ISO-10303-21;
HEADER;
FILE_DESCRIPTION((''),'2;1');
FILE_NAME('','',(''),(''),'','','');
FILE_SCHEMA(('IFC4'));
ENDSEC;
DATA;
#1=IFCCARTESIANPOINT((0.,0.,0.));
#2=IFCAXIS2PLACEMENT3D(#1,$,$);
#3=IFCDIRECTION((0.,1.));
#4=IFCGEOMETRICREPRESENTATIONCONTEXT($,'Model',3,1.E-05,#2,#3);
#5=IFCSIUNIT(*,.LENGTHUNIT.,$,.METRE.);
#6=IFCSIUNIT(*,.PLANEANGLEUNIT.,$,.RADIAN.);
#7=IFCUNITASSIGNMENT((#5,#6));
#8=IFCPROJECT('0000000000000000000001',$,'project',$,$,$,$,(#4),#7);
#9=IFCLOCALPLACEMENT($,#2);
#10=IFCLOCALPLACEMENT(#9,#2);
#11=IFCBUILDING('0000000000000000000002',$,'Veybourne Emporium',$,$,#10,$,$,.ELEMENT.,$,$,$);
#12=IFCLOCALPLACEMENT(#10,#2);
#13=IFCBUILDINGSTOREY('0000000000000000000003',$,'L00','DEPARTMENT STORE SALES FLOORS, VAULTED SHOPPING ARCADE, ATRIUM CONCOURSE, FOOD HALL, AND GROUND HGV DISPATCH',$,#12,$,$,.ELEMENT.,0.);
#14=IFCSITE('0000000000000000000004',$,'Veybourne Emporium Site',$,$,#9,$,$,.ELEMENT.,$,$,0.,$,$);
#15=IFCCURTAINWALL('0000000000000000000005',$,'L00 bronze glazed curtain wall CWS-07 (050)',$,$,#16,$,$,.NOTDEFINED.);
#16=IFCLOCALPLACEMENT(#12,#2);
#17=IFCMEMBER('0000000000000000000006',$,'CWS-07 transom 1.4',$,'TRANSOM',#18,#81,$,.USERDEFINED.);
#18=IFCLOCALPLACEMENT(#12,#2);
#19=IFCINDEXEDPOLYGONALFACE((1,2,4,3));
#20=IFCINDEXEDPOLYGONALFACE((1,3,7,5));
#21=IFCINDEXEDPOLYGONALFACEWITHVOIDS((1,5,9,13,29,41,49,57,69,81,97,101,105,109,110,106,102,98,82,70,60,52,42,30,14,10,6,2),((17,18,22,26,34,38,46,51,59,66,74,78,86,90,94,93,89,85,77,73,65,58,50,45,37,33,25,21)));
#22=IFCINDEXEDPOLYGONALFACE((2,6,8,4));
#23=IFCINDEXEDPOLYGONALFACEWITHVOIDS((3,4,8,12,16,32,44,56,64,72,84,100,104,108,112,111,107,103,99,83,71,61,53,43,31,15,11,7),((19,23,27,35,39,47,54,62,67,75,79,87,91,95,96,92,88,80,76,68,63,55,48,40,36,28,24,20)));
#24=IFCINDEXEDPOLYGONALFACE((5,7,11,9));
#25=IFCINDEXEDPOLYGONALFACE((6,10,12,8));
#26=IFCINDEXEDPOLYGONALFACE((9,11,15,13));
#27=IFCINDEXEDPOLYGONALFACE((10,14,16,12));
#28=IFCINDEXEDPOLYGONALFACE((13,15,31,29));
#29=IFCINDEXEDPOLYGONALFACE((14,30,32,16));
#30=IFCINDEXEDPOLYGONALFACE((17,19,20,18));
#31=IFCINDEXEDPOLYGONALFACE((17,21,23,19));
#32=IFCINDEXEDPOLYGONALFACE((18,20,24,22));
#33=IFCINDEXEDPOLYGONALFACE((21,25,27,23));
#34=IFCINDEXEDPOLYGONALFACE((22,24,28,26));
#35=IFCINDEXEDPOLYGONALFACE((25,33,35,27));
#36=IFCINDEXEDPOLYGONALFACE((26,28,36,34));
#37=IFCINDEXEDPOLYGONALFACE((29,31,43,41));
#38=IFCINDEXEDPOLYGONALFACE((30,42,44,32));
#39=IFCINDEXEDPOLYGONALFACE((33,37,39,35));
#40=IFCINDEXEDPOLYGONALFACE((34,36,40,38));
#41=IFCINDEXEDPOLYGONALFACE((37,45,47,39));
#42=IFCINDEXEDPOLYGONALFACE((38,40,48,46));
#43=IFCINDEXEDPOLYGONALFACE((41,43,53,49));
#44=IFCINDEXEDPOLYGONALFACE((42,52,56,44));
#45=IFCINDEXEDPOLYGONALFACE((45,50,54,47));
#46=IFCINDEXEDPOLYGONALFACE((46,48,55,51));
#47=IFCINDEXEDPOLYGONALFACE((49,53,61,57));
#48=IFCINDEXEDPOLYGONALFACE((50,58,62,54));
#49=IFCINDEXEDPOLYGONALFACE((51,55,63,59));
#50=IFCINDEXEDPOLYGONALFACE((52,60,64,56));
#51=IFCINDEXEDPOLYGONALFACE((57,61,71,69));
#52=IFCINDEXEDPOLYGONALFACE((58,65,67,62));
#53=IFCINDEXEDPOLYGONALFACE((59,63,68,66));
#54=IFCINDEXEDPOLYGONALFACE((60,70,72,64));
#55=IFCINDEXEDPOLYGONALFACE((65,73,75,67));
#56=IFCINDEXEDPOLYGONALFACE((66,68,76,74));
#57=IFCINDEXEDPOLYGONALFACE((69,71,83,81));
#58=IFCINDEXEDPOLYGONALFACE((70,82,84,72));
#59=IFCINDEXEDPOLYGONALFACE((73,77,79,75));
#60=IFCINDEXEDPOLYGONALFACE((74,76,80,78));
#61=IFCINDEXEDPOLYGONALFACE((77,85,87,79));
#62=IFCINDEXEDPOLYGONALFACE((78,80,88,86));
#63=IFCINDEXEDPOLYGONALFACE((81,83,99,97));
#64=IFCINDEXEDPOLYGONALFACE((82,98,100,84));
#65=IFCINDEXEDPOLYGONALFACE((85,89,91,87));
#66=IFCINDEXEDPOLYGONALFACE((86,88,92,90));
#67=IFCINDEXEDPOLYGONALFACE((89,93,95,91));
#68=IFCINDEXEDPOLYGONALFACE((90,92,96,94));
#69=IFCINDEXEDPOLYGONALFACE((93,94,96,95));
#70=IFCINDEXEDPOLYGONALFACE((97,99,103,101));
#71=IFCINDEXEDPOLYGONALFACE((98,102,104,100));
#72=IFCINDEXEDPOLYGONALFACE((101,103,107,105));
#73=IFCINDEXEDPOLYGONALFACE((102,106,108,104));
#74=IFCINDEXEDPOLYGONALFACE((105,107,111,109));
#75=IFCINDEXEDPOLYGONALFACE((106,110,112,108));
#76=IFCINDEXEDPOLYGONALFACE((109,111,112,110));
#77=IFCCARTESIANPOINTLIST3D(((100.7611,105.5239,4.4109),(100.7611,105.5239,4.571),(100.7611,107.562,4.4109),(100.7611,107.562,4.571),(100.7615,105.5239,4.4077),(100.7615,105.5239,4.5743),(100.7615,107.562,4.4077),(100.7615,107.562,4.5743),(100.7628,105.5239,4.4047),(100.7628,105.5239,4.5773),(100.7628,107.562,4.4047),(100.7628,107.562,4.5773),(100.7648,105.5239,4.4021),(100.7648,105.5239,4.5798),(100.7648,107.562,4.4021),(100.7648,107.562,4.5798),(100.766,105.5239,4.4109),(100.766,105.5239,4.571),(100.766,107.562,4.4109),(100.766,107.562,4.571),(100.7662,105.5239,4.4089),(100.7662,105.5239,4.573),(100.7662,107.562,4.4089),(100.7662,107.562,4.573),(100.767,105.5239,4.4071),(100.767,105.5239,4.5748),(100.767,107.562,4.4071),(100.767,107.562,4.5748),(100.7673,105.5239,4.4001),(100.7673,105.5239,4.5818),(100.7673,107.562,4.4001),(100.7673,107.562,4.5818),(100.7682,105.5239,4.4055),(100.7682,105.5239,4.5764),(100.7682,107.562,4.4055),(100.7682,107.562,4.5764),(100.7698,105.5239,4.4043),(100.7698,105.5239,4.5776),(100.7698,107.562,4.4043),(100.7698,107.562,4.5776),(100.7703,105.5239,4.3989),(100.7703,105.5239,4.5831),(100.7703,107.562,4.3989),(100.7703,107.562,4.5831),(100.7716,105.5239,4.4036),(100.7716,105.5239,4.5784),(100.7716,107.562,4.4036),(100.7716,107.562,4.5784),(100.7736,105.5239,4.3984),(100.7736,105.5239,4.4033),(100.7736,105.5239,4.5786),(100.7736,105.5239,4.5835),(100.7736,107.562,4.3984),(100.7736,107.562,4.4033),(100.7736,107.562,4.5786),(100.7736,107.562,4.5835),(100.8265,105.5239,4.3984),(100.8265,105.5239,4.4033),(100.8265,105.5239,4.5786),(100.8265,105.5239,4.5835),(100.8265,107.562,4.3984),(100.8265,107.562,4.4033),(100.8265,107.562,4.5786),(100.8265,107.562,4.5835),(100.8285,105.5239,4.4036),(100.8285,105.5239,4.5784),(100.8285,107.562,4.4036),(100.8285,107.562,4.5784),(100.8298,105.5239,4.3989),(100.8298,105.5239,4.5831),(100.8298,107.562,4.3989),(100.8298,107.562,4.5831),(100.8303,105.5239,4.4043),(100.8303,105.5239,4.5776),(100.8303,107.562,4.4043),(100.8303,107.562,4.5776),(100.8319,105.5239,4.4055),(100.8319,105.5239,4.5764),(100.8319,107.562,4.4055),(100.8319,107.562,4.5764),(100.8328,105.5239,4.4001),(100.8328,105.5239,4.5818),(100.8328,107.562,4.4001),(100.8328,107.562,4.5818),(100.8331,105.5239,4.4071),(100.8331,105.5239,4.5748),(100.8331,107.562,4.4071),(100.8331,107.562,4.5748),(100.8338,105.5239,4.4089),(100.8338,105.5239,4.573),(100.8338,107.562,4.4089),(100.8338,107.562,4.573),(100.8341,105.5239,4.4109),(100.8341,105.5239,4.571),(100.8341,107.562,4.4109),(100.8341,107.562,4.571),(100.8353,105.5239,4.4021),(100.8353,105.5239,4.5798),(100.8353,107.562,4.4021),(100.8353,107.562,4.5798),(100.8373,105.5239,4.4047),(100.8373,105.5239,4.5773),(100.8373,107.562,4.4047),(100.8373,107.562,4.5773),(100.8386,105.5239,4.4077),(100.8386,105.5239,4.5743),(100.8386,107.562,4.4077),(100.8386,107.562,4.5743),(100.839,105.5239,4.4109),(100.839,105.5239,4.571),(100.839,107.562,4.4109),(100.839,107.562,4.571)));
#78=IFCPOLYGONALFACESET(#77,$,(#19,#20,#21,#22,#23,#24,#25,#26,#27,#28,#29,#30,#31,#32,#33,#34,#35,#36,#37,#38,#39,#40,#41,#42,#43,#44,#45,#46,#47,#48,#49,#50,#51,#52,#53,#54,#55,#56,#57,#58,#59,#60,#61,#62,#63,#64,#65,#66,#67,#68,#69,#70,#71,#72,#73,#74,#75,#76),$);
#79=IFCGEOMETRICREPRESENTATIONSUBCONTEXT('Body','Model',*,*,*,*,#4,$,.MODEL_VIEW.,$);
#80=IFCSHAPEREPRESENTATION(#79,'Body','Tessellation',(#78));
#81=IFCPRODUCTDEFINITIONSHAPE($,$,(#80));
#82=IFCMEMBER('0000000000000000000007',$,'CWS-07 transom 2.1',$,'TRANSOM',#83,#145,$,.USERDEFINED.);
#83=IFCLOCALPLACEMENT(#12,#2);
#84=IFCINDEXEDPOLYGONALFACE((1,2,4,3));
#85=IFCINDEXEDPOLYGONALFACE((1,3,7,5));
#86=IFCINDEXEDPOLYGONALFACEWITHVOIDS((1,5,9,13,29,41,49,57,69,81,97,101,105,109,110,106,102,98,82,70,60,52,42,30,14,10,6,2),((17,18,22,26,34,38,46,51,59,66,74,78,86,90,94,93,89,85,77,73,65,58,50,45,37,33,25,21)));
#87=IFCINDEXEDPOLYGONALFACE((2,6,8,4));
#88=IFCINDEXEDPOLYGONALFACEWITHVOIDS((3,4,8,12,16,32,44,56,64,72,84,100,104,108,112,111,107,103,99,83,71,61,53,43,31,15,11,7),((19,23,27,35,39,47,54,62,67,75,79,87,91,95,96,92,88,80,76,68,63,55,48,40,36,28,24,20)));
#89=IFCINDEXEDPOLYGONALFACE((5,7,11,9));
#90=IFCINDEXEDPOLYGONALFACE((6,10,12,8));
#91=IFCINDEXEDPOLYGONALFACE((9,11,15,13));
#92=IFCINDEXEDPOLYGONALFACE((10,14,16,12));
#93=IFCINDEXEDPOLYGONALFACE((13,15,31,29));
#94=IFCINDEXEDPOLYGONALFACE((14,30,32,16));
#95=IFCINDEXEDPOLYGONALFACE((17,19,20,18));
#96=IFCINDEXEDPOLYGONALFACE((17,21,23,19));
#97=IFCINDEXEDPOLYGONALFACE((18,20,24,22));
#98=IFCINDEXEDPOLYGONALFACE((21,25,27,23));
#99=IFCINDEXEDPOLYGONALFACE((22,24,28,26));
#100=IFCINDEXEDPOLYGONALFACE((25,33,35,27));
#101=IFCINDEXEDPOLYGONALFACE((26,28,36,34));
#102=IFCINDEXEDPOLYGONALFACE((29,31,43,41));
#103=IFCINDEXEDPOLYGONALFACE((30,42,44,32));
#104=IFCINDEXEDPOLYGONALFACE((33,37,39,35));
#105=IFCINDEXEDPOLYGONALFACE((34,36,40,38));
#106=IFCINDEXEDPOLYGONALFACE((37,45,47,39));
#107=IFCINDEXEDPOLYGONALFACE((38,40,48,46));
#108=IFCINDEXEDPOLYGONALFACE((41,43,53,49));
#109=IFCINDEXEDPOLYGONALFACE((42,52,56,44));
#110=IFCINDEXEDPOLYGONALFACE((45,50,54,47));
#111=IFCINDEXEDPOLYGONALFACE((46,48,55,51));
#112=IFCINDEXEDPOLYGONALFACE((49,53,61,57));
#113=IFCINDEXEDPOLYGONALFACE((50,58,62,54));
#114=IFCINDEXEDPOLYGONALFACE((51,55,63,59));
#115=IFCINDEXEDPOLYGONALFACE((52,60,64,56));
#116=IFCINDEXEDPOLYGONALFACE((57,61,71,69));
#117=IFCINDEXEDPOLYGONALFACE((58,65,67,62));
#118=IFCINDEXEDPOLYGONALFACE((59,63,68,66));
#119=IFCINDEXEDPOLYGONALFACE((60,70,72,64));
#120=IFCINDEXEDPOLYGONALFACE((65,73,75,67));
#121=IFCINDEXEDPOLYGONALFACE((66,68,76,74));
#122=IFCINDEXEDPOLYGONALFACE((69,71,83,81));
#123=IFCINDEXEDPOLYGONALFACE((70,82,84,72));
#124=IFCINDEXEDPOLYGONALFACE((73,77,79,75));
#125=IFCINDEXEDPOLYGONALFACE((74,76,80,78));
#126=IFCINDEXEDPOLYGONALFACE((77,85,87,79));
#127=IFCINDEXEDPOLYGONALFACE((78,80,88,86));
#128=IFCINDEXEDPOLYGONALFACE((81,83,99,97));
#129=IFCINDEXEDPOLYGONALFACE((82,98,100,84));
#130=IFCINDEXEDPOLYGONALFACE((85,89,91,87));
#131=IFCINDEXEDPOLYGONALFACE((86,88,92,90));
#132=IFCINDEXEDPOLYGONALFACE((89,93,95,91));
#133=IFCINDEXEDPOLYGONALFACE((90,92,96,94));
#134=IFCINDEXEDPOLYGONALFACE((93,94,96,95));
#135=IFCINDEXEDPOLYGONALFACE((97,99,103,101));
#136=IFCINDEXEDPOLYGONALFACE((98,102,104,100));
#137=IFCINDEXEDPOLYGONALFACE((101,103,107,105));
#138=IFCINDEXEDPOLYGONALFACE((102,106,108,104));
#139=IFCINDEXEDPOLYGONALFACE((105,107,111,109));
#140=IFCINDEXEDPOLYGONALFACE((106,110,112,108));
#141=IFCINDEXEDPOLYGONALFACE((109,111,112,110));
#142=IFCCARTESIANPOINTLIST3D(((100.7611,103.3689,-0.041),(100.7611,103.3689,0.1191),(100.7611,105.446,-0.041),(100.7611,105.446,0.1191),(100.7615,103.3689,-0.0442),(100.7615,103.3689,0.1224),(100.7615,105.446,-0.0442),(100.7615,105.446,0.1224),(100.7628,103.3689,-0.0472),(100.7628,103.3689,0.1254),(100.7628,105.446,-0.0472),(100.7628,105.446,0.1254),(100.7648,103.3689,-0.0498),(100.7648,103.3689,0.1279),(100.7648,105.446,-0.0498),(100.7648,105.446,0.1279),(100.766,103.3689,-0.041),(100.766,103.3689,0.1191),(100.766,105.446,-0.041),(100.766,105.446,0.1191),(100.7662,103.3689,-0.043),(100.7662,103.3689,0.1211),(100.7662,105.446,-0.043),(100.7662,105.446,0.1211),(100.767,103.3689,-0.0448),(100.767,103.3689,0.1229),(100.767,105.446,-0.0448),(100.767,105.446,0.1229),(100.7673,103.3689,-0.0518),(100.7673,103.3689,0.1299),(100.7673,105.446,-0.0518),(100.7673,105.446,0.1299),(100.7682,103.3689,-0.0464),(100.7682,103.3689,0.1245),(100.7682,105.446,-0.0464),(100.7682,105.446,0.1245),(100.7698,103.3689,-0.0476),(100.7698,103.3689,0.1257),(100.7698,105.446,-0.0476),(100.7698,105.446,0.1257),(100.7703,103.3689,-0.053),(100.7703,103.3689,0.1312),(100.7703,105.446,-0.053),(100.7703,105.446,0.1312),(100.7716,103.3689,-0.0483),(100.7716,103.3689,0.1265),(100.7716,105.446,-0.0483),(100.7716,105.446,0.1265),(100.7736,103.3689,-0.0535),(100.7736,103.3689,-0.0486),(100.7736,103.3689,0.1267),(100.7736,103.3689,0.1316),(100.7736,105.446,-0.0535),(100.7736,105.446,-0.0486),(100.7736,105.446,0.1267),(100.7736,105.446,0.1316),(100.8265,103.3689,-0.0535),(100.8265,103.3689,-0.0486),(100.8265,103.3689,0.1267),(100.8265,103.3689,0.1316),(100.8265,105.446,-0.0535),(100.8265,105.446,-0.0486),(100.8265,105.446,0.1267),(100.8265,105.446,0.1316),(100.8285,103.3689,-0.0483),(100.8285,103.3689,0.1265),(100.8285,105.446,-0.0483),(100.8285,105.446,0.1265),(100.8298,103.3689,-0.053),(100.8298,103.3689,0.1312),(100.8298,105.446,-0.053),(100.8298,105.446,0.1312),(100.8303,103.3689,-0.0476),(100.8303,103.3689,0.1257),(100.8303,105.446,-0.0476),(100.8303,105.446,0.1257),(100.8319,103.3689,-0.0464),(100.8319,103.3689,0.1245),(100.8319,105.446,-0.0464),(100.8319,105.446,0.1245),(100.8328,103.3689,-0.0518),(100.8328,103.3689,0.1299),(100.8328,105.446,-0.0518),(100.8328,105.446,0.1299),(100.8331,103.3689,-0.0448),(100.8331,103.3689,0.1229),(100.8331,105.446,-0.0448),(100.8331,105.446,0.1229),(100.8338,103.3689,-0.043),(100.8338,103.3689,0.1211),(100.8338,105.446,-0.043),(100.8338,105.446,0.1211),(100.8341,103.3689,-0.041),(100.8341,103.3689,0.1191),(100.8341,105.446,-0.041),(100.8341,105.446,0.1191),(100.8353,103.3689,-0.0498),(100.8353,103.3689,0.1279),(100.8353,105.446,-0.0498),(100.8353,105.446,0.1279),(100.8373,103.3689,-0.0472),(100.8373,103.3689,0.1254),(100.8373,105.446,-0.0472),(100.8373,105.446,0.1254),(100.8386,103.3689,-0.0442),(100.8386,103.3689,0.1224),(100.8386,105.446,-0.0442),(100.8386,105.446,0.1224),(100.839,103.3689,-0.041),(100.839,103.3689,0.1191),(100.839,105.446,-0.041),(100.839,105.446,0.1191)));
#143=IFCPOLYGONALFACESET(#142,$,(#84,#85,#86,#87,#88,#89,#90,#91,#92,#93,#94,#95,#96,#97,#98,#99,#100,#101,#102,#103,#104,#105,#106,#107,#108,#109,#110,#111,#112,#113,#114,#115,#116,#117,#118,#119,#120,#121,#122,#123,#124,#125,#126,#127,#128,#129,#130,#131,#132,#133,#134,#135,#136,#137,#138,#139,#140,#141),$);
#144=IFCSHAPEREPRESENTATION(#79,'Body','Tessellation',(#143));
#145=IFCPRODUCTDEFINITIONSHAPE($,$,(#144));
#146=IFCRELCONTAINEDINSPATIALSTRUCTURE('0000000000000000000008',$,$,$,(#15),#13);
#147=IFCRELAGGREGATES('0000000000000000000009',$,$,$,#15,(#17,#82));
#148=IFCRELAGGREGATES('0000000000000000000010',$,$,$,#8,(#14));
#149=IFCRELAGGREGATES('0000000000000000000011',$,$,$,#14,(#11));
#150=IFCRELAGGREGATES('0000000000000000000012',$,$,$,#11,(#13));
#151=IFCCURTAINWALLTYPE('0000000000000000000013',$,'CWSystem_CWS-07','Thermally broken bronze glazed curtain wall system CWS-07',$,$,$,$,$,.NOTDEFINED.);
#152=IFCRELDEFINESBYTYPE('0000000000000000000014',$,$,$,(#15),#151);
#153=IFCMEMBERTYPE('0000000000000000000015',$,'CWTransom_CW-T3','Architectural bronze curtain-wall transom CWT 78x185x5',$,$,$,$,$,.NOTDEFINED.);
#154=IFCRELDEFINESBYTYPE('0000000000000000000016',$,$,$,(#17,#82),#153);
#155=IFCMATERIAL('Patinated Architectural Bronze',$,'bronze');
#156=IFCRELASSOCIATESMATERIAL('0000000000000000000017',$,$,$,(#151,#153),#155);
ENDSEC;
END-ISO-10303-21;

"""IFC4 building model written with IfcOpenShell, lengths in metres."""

from ifc_helpers import new_model, si_unit, direction, frame, origin, origin_2d, place, context, subcontext, project, spatial, hollow_rectangle, extrude, material, material_profile, profile_set, type_object, element, aggregate, save


model = new_model("IFC4")

# Units and contexts
model_context = context("Model", 3, precision=1e-05, world=origin(), true_north=direction((0.0, 1.0)))
body_context = subcontext(model_context, "Body", "Model", "MODEL_VIEW")
ifc_project = project(units=[si_unit("LENGTHUNIT", "METRE"), si_unit("PLANEANGLEUNIT", "RADIAN")], contexts=[model_context])

# Site, building, storey
site_placement = place(None, origin())
site = spatial("IfcSite", under=ifc_project, at=site_placement, Name="Veybourne Emporium Site", CompositionType="ELEMENT", RefElevation=0.0)
building_placement = place(site_placement, origin())
building = spatial("IfcBuilding", under=site, at=building_placement, Name="Veybourne Emporium", CompositionType="ELEMENT")
storey_placement = place(building_placement, origin())
storey = spatial("IfcBuildingStorey", under=building, at=storey_placement, Name="L00", Description="DEPARTMENT STORE SALES FLOORS, VAULTED SHOPPING ARCADE, ATRIUM CONCOURSE, FOOD HALL, AND GROUND HGV DISPATCH", CompositionType="ELEMENT", Elevation=0.0)

# Curtain wall
ifc_material_1 = material(Name="Patinated Architectural Bronze", Category="bronze")
curtain_wall_type_1 = type_object("IfcCurtainWallType", Name="CWSystem_CWS-07", Description="Thermally broken bronze glazed curtain wall system CWS-07", PredefinedType="NOTDEFINED", material=ifc_material_1)
curtain_wall_1_placement = place(storey_placement, origin())
curtain_wall_1 = element("IfcCurtainWall", 1, at=curtain_wall_1_placement, inside=storey, type_object=curtain_wall_type_1, Name="L00 bronze glazed curtain wall CWS-07 (050)", PredefinedType="NOTDEFINED")

# Members
ifc_material_profile_1 = material_profile(ifc_material_1, hollow_rectangle(XDim=0.0779, YDim=0.1851, WallThickness=0.0049, InnerFilletRadius=0.0076, OuterFilletRadius=0.0125, at=origin_2d()), Name="CWT 78x185x5")
ifc_profile_set_1 = profile_set([ifc_material_profile_1], Name="Patinated Architectural Bronze")
member_type_1 = type_object("IfcMemberType", Name="CWTransom_CW-T3", Description="Architectural bronze curtain-wall transom CWT 78x185x5", PredefinedType="NOTDEFINED", material=ifc_profile_set_1)
member_1_placement = place(storey_placement, frame((100.8, 107.562, 4.491), z_axis=(0.0, -1.0, 0.0), x_axis=(1.0, 0.0, 0.0)))
member_1 = element("IfcMember", 2, at=member_1_placement, type_object=member_type_1, Name="CWS-07 transom 1.4", ObjectType="TRANSOM", PredefinedType="USERDEFINED", context=body_context, shape_type="SweptSolid", body=[
    extrude(hollow_rectangle(XDim=0.0779, YDim=0.1851, WallThickness=0.0049, InnerFilletRadius=0.0076, OuterFilletRadius=0.0125, at=origin_2d()), origin(), (0.0, 0.0, 1.0), 2.0381),
])
member_2_placement = place(storey_placement, frame((100.8, 105.446, 0.0391), z_axis=(0.0, -1.0, 0.0), x_axis=(1.0, 0.0, 0.0)))
member_2 = element("IfcMember", 3, at=member_2_placement, type_object=member_type_1, Name="CWS-07 transom 2.1", ObjectType="TRANSOM", PredefinedType="USERDEFINED", context=body_context, shape_type="SweptSolid", body=[
    extrude(hollow_rectangle(XDim=0.0779, YDim=0.1851, WallThickness=0.0049, InnerFilletRadius=0.0076, OuterFilletRadius=0.0125, at=origin_2d()), origin(), (0.0, 0.0, 1.0), 2.0771),
])

aggregate(curtain_wall_1, [member_1, member_2])

save(model, "model.ifc")
